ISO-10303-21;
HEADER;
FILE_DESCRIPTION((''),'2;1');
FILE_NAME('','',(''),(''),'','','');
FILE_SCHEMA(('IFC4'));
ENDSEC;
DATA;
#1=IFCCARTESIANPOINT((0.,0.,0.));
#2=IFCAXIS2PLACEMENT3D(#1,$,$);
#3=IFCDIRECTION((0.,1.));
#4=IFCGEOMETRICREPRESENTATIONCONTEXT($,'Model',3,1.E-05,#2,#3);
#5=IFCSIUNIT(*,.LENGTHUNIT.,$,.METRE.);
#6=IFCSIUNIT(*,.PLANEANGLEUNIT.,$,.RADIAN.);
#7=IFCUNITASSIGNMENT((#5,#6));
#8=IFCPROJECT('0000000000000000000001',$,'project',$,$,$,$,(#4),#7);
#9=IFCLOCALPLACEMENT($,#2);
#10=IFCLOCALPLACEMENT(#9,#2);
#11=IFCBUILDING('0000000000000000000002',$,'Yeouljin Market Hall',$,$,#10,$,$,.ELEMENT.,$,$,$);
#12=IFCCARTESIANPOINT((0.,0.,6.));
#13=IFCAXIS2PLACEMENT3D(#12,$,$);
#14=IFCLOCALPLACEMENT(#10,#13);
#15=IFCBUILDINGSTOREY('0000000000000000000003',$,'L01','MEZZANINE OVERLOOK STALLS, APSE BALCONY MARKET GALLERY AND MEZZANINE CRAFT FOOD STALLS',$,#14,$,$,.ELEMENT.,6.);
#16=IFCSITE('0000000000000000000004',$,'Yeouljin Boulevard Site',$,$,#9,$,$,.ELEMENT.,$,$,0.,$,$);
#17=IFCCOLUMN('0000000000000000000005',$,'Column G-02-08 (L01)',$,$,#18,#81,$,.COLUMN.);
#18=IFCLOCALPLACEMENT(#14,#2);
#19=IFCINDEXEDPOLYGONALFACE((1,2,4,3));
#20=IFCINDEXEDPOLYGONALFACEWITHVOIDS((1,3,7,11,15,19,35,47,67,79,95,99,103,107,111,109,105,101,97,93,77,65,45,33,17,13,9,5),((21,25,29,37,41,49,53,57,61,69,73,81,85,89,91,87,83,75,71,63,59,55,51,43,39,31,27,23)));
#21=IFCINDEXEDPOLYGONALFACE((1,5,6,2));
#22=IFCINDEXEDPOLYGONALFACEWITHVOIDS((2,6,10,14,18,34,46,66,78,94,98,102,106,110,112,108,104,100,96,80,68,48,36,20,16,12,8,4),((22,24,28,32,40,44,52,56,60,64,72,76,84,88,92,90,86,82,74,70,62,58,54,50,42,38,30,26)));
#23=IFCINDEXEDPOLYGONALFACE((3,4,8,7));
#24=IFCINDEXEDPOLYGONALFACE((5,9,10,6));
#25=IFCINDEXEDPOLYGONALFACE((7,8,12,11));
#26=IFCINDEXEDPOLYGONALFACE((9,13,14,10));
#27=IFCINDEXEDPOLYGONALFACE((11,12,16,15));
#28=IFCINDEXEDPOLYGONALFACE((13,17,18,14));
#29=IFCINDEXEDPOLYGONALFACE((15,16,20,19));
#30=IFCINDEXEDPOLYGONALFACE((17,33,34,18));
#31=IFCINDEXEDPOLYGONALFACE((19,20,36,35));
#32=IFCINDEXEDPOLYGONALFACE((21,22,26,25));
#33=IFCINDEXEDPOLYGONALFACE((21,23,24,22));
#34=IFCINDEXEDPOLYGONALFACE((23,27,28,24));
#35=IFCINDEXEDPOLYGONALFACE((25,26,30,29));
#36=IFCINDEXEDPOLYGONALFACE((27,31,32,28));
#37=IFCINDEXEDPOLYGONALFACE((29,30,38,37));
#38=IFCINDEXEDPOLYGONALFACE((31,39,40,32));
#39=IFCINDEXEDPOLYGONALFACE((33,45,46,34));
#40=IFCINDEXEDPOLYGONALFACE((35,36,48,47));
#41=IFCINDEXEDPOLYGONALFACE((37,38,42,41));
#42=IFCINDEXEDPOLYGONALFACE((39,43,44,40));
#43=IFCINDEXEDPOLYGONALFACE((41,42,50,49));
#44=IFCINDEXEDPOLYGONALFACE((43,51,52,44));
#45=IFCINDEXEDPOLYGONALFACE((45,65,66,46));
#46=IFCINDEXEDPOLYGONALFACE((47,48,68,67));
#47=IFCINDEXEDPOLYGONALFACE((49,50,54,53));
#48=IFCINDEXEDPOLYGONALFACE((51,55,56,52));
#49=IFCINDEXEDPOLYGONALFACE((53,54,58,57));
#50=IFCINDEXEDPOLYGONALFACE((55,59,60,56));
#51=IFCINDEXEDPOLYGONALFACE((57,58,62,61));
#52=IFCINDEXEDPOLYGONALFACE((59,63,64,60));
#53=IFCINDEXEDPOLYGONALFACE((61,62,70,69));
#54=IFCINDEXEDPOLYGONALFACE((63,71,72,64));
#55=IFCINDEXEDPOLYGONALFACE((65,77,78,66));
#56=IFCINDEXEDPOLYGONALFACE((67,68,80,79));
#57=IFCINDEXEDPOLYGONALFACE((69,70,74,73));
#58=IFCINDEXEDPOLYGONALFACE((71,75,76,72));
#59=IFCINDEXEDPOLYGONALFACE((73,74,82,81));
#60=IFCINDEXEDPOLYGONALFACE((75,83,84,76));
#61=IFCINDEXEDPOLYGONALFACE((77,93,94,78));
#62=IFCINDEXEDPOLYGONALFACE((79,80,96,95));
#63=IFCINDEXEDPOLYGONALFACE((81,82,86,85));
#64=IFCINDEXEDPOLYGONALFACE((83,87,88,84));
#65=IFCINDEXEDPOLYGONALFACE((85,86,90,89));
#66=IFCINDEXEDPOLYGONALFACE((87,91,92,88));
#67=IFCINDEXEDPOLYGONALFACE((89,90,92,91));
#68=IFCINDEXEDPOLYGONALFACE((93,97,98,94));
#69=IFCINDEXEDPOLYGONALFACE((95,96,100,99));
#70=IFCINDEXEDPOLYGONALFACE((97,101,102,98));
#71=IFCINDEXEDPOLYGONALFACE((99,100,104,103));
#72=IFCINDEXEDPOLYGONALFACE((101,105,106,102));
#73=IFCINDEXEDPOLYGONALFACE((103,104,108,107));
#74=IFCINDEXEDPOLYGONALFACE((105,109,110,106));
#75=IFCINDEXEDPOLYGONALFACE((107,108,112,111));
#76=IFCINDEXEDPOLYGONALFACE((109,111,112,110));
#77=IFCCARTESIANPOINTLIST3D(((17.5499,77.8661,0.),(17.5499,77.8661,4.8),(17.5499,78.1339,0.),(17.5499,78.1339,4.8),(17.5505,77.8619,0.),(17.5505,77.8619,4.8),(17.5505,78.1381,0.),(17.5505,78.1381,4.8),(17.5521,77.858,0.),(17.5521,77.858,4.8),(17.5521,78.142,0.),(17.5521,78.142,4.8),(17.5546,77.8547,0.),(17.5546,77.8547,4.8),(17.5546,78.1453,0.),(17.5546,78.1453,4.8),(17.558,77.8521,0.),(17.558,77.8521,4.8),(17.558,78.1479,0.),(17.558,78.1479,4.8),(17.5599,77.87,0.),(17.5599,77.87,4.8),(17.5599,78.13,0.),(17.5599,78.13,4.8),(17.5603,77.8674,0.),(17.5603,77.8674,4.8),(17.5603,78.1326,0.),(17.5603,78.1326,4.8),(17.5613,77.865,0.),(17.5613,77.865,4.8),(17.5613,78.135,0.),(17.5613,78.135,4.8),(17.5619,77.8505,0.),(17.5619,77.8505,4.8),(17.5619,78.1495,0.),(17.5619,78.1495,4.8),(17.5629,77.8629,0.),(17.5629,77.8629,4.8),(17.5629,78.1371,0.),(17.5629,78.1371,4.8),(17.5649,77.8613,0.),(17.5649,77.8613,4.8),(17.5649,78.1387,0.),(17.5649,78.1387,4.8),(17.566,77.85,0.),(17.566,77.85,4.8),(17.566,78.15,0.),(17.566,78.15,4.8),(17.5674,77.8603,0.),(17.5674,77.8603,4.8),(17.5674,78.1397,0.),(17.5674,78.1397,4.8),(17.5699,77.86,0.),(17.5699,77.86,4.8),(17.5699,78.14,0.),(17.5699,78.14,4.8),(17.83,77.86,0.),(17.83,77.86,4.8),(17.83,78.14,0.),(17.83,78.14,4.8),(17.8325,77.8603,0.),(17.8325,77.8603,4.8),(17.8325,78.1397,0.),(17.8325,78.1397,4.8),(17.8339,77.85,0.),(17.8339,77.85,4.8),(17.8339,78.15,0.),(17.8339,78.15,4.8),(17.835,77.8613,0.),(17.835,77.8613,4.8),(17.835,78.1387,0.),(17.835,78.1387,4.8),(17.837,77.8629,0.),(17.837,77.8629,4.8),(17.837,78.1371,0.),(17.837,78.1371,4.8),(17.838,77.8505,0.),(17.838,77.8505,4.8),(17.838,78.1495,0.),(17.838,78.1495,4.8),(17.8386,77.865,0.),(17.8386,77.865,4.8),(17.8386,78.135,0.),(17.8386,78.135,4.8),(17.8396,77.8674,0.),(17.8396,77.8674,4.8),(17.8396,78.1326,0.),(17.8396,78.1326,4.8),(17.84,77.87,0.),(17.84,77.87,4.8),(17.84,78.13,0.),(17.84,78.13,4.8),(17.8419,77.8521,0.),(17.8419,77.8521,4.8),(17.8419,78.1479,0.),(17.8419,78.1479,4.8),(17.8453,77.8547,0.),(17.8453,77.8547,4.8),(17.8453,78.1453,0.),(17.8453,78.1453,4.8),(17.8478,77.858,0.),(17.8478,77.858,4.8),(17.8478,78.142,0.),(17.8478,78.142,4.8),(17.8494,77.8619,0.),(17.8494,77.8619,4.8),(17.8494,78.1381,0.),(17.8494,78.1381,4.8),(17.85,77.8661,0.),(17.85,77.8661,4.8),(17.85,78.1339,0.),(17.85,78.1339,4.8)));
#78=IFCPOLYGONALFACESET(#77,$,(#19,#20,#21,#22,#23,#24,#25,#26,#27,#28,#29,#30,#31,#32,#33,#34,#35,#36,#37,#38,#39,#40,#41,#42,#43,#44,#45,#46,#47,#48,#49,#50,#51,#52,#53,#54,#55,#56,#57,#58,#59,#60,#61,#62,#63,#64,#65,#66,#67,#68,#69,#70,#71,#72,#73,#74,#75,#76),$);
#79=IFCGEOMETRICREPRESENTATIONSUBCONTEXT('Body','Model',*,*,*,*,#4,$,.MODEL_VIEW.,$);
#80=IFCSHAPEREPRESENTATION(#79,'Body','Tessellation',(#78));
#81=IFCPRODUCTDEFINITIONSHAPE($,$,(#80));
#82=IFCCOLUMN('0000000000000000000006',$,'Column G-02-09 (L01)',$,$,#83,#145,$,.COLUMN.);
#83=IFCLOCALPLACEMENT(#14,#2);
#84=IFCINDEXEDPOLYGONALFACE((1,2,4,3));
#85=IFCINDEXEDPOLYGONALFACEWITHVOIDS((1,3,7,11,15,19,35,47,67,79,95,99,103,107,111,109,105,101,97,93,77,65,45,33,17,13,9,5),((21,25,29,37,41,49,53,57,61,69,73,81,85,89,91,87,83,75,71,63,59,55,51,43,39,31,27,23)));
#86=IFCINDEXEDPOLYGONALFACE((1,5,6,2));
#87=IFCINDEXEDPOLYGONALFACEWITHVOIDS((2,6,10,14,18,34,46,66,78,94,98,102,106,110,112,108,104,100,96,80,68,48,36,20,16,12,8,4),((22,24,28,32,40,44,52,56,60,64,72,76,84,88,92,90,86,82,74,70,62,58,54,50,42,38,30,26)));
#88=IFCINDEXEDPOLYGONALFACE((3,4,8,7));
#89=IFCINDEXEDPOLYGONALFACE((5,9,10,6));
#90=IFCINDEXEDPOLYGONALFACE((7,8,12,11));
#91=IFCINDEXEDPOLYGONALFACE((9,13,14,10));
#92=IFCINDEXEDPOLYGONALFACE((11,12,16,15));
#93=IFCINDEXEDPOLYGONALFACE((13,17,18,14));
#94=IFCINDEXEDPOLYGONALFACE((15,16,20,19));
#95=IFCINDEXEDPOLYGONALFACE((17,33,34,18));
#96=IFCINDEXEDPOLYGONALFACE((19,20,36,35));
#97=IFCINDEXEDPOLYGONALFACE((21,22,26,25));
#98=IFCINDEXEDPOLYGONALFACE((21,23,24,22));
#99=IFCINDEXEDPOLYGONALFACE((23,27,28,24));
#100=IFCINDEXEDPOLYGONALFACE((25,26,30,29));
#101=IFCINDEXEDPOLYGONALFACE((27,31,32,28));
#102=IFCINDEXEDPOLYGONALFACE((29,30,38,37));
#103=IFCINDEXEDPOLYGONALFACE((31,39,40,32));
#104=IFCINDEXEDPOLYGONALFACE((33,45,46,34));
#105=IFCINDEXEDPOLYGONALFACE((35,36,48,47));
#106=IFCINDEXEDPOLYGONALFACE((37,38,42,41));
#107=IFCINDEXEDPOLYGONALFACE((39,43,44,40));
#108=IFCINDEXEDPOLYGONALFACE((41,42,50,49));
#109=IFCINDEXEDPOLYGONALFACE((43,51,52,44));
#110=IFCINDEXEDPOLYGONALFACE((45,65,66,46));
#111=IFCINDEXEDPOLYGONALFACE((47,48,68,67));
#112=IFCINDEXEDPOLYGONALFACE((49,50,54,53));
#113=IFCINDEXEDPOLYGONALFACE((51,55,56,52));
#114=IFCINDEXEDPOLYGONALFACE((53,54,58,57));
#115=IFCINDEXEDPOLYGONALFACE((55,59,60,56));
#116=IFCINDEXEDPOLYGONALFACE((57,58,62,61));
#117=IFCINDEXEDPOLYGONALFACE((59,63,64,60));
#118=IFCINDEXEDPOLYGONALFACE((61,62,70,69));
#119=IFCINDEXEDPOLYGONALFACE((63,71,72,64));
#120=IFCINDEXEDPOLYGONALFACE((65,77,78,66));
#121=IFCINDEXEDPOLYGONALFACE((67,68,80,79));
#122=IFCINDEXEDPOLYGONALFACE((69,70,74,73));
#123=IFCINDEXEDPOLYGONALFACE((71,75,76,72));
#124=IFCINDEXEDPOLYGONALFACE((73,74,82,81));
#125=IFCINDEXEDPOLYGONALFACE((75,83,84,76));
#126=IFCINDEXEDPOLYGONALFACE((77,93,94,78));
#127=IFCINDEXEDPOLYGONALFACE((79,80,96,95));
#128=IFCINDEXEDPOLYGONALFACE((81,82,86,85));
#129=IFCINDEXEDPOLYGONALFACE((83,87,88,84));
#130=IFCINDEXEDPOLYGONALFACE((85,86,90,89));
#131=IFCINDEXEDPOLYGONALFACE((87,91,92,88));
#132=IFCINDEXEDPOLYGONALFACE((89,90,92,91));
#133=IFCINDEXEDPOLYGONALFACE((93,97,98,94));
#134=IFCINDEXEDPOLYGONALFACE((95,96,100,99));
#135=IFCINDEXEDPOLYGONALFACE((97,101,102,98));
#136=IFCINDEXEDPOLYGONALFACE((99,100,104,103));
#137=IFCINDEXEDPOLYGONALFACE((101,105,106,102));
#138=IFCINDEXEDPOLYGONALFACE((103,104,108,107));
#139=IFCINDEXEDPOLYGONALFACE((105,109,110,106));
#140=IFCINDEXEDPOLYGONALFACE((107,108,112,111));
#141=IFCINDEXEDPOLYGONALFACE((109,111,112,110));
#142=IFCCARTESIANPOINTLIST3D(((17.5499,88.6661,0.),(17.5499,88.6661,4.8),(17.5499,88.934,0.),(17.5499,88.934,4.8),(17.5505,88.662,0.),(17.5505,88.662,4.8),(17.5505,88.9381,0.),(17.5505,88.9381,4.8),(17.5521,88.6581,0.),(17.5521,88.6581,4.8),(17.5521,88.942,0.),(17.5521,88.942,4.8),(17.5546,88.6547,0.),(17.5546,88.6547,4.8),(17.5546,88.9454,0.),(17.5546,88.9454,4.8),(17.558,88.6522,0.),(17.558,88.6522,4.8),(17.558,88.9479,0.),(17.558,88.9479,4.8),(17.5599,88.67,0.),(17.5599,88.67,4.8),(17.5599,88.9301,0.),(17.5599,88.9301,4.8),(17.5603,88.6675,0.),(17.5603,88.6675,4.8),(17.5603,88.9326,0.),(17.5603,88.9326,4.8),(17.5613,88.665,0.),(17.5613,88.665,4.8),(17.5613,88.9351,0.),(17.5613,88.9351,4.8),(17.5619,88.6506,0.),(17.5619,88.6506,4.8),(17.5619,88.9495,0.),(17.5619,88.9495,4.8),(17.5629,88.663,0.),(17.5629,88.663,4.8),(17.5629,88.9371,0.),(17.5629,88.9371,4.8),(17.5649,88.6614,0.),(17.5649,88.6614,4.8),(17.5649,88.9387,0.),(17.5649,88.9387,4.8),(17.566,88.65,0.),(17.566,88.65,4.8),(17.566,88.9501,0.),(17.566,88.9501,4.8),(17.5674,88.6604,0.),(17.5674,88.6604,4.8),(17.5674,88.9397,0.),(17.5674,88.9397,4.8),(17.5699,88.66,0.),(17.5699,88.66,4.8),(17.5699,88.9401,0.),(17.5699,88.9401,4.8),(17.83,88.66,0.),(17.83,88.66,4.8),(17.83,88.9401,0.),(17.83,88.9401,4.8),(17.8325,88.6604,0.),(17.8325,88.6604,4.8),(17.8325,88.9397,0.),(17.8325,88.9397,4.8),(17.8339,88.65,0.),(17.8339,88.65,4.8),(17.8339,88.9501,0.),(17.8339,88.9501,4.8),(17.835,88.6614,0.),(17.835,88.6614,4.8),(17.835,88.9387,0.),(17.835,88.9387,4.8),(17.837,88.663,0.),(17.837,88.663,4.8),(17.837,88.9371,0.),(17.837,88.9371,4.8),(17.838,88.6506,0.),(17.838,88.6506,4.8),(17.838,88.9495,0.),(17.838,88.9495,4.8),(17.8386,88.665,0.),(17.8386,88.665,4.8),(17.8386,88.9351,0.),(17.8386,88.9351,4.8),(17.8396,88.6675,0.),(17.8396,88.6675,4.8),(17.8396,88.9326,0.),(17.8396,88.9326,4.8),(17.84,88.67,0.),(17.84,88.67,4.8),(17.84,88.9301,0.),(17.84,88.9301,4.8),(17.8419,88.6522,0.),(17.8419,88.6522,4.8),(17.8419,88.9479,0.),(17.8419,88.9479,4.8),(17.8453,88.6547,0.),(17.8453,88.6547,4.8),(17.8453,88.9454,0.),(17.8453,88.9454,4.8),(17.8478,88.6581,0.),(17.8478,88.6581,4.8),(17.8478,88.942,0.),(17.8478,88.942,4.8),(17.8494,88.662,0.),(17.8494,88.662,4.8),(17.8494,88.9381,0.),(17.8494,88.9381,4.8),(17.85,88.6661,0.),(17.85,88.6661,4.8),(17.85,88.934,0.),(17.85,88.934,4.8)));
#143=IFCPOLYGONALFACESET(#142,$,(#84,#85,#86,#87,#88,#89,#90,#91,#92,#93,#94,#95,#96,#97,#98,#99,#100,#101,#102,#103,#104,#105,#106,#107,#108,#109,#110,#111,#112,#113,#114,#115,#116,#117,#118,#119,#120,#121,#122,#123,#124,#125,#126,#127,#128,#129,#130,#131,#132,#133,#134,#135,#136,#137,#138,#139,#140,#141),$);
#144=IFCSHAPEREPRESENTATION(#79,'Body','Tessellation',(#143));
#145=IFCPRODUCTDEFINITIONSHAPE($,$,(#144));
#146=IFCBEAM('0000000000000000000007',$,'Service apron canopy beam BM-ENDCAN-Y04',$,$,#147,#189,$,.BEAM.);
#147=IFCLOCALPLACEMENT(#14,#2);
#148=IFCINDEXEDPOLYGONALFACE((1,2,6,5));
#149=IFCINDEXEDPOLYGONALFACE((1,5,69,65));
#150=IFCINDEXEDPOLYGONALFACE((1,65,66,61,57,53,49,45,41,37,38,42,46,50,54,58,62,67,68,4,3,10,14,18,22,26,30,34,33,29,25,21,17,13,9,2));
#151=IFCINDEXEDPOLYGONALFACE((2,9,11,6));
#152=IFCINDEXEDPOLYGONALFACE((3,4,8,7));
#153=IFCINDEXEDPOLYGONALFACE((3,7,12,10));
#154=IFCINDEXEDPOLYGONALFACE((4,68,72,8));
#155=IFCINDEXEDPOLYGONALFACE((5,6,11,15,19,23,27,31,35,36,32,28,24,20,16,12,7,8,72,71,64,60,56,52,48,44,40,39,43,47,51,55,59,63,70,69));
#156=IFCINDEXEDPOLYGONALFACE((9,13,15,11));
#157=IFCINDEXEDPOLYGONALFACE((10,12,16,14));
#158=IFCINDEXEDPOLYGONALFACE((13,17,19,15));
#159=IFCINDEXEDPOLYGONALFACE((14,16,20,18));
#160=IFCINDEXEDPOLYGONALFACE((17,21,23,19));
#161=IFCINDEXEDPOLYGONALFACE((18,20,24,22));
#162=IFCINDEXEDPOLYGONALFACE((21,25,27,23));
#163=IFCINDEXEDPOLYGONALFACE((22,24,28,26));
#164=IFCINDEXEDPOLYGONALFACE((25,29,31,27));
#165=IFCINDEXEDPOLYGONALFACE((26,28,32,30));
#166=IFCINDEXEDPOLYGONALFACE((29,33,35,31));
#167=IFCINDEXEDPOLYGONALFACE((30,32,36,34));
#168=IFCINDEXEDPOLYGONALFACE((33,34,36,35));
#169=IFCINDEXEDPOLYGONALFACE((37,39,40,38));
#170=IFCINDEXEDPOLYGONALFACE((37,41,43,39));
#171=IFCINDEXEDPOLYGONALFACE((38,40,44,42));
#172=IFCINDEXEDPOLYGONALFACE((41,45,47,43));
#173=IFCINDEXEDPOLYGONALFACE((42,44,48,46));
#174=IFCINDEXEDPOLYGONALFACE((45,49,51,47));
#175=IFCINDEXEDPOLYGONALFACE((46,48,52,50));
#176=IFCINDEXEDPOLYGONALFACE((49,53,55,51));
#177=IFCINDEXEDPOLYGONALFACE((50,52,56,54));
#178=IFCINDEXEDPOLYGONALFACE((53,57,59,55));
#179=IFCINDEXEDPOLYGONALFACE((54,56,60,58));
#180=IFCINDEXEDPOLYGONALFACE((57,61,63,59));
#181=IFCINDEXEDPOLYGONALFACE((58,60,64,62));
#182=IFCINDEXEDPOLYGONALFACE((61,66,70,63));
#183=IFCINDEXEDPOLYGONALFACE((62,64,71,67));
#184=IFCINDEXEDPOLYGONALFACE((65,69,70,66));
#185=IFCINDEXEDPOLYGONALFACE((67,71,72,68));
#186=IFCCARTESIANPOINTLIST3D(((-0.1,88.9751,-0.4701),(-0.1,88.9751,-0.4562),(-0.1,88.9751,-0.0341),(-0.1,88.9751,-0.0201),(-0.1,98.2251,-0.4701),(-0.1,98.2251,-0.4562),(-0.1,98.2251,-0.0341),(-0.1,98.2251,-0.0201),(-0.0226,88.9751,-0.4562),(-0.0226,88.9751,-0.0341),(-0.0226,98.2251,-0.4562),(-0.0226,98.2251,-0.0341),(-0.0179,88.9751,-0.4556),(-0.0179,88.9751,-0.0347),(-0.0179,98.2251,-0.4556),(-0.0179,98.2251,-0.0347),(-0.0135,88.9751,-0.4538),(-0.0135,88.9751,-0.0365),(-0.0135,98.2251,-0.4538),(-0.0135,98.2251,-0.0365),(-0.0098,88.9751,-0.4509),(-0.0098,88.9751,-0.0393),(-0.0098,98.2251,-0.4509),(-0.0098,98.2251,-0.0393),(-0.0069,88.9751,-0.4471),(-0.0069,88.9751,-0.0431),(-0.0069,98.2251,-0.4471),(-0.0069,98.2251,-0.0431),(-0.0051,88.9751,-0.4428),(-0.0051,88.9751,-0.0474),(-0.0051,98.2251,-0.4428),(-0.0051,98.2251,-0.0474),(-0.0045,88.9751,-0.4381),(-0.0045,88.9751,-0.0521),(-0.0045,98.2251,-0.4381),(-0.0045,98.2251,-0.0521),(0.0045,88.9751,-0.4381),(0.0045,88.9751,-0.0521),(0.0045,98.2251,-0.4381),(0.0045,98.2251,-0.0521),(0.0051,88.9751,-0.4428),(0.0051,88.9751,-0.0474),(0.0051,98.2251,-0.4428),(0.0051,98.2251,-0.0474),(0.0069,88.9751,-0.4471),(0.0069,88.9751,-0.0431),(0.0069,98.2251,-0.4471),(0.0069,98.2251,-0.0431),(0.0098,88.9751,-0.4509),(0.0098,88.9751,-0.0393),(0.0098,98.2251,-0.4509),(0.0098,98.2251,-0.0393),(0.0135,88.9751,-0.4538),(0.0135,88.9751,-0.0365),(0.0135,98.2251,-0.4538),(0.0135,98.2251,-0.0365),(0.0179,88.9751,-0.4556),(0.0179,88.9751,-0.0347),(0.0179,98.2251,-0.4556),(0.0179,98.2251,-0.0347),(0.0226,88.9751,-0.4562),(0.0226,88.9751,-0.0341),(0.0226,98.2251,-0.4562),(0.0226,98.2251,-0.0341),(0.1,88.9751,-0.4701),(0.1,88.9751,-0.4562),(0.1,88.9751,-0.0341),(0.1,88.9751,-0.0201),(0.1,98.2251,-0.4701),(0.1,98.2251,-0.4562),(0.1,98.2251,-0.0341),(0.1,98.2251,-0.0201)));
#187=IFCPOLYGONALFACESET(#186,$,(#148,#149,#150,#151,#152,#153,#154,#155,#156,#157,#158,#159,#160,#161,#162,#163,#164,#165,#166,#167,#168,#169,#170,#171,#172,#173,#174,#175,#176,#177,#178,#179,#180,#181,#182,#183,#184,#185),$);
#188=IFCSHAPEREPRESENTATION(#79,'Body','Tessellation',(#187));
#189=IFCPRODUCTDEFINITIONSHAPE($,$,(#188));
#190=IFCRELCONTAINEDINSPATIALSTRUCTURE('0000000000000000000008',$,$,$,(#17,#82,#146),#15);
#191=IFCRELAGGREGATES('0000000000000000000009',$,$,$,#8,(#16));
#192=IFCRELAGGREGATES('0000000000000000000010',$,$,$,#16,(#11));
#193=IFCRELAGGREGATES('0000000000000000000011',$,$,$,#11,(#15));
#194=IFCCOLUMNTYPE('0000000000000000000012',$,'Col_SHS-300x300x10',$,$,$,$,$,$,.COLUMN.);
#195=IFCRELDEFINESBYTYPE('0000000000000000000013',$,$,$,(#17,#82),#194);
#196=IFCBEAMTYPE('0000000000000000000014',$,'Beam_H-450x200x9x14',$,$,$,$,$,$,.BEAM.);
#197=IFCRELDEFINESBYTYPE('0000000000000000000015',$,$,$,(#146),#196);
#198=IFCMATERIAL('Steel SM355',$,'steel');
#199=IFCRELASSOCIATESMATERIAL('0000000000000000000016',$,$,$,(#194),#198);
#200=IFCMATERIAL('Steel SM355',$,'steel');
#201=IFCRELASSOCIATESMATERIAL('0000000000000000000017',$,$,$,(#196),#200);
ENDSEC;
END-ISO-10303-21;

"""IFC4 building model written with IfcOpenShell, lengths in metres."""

from ifc_helpers import new_model, si_unit, direction, frame, origin, origin_2d, place, context, subcontext, project, spatial, hollow_rectangle, i_section, extrude, material, material_profile, profile_set, type_object, element, save


model = new_model("IFC4")

# Units and contexts
model_context = context("Model", 3, precision=1e-05, world=origin(), true_north=direction((0.0, 1.0)))
body_context = subcontext(model_context, "Body", "Model", "MODEL_VIEW")
ifc_project = project(units=[si_unit("LENGTHUNIT", "METRE"), si_unit("PLANEANGLEUNIT", "RADIAN")], contexts=[model_context])

# Site, building, storey
site_placement = place(None, origin())
site = spatial("IfcSite", under=ifc_project, at=site_placement, Name="Yeouljin Boulevard Site", CompositionType="ELEMENT", RefElevation=0.0)
building_placement = place(site_placement, origin())
building = spatial("IfcBuilding", under=site, at=building_placement, Name="Yeouljin Market Hall", CompositionType="ELEMENT")
storey_placement = place(building_placement, frame((0.0, 0.0, 6.0)))
storey = spatial("IfcBuildingStorey", under=building, at=storey_placement, Name="L01", Description="MEZZANINE OVERLOOK STALLS, APSE BALCONY MARKET GALLERY AND MEZZANINE CRAFT FOOD STALLS", CompositionType="ELEMENT", Elevation=6.0)

# Columns
ifc_material_1 = material(Name="Steel SM355", Category="steel")
ifc_material_profile_1 = material_profile(ifc_material_1, hollow_rectangle(XDim=0.3, YDim=0.3, WallThickness=0.01, InnerFilletRadius=0.01, OuterFilletRadius=0.0161, at=origin_2d()), Name="SHS-300x300x10")
ifc_profile_set_1 = profile_set([ifc_material_profile_1], Name="Steel SM355")
column_type = type_object("IfcColumnType", Name="Col_SHS-300x300x10", PredefinedType="COLUMN", material=ifc_profile_set_1)
for number, where, z_axis, x_axis, name in (
    (1, (17.7, 78.0, 0.0), (0.0, 0.0, 1.0), (1.0, 0.0, 0.0), "Column G-02-08 (L01)"),
    (2, (17.7, 88.8, 0.0), (0.0, 0.0, 1.0), (1.0, 0.0, 0.0), "Column G-02-09 (L01)"),
):
    element("IfcColumn", number, at=place(storey_placement, frame(where, z_axis=z_axis, x_axis=x_axis)), inside=storey, type_object=column_type, Name=name, PredefinedType="COLUMN", context=body_context, shape_type="SweptSolid", body=[
        extrude(hollow_rectangle(XDim=0.3, YDim=0.3, WallThickness=0.01, InnerFilletRadius=0.01, OuterFilletRadius=0.0161, at=origin_2d()), origin(), (0.0, 0.0, 1.0), 4.8),
    ])

# Beam
ifc_material_2 = material(Name="Steel SM355", Category="steel")
ifc_material_profile_2 = material_profile(ifc_material_2, i_section(OverallWidth=0.2, OverallDepth=0.45, WebThickness=0.009, FlangeThickness=0.0139, FilletRadius=0.0181, at=origin_2d()), Name="H-450x200x9x14")
ifc_profile_set_2 = profile_set([ifc_material_profile_2], Name="Steel SM355")
beam_type_1 = type_object("IfcBeamType", Name="Beam_H-450x200x9x14", PredefinedType="BEAM", material=ifc_profile_set_2)
beam_1_placement = place(storey_placement, frame((0.0, 88.9751, -0.2451), z_axis=(0.0, 1.0, 0.0), x_axis=(-1.0, 0.0, 0.0)))
element("IfcBeam", 3, at=beam_1_placement, inside=storey, type_object=beam_type_1, Name="Service apron canopy beam BM-ENDCAN-Y04", PredefinedType="BEAM", context=body_context, shape_type="SweptSolid", body=[
    extrude(i_section(OverallWidth=0.2, OverallDepth=0.45, WebThickness=0.009, FlangeThickness=0.0139, FilletRadius=0.0181, at=origin_2d()), origin(), (0.0, 0.0, 1.0), 9.25),
])

save(model, "model.ifc")
